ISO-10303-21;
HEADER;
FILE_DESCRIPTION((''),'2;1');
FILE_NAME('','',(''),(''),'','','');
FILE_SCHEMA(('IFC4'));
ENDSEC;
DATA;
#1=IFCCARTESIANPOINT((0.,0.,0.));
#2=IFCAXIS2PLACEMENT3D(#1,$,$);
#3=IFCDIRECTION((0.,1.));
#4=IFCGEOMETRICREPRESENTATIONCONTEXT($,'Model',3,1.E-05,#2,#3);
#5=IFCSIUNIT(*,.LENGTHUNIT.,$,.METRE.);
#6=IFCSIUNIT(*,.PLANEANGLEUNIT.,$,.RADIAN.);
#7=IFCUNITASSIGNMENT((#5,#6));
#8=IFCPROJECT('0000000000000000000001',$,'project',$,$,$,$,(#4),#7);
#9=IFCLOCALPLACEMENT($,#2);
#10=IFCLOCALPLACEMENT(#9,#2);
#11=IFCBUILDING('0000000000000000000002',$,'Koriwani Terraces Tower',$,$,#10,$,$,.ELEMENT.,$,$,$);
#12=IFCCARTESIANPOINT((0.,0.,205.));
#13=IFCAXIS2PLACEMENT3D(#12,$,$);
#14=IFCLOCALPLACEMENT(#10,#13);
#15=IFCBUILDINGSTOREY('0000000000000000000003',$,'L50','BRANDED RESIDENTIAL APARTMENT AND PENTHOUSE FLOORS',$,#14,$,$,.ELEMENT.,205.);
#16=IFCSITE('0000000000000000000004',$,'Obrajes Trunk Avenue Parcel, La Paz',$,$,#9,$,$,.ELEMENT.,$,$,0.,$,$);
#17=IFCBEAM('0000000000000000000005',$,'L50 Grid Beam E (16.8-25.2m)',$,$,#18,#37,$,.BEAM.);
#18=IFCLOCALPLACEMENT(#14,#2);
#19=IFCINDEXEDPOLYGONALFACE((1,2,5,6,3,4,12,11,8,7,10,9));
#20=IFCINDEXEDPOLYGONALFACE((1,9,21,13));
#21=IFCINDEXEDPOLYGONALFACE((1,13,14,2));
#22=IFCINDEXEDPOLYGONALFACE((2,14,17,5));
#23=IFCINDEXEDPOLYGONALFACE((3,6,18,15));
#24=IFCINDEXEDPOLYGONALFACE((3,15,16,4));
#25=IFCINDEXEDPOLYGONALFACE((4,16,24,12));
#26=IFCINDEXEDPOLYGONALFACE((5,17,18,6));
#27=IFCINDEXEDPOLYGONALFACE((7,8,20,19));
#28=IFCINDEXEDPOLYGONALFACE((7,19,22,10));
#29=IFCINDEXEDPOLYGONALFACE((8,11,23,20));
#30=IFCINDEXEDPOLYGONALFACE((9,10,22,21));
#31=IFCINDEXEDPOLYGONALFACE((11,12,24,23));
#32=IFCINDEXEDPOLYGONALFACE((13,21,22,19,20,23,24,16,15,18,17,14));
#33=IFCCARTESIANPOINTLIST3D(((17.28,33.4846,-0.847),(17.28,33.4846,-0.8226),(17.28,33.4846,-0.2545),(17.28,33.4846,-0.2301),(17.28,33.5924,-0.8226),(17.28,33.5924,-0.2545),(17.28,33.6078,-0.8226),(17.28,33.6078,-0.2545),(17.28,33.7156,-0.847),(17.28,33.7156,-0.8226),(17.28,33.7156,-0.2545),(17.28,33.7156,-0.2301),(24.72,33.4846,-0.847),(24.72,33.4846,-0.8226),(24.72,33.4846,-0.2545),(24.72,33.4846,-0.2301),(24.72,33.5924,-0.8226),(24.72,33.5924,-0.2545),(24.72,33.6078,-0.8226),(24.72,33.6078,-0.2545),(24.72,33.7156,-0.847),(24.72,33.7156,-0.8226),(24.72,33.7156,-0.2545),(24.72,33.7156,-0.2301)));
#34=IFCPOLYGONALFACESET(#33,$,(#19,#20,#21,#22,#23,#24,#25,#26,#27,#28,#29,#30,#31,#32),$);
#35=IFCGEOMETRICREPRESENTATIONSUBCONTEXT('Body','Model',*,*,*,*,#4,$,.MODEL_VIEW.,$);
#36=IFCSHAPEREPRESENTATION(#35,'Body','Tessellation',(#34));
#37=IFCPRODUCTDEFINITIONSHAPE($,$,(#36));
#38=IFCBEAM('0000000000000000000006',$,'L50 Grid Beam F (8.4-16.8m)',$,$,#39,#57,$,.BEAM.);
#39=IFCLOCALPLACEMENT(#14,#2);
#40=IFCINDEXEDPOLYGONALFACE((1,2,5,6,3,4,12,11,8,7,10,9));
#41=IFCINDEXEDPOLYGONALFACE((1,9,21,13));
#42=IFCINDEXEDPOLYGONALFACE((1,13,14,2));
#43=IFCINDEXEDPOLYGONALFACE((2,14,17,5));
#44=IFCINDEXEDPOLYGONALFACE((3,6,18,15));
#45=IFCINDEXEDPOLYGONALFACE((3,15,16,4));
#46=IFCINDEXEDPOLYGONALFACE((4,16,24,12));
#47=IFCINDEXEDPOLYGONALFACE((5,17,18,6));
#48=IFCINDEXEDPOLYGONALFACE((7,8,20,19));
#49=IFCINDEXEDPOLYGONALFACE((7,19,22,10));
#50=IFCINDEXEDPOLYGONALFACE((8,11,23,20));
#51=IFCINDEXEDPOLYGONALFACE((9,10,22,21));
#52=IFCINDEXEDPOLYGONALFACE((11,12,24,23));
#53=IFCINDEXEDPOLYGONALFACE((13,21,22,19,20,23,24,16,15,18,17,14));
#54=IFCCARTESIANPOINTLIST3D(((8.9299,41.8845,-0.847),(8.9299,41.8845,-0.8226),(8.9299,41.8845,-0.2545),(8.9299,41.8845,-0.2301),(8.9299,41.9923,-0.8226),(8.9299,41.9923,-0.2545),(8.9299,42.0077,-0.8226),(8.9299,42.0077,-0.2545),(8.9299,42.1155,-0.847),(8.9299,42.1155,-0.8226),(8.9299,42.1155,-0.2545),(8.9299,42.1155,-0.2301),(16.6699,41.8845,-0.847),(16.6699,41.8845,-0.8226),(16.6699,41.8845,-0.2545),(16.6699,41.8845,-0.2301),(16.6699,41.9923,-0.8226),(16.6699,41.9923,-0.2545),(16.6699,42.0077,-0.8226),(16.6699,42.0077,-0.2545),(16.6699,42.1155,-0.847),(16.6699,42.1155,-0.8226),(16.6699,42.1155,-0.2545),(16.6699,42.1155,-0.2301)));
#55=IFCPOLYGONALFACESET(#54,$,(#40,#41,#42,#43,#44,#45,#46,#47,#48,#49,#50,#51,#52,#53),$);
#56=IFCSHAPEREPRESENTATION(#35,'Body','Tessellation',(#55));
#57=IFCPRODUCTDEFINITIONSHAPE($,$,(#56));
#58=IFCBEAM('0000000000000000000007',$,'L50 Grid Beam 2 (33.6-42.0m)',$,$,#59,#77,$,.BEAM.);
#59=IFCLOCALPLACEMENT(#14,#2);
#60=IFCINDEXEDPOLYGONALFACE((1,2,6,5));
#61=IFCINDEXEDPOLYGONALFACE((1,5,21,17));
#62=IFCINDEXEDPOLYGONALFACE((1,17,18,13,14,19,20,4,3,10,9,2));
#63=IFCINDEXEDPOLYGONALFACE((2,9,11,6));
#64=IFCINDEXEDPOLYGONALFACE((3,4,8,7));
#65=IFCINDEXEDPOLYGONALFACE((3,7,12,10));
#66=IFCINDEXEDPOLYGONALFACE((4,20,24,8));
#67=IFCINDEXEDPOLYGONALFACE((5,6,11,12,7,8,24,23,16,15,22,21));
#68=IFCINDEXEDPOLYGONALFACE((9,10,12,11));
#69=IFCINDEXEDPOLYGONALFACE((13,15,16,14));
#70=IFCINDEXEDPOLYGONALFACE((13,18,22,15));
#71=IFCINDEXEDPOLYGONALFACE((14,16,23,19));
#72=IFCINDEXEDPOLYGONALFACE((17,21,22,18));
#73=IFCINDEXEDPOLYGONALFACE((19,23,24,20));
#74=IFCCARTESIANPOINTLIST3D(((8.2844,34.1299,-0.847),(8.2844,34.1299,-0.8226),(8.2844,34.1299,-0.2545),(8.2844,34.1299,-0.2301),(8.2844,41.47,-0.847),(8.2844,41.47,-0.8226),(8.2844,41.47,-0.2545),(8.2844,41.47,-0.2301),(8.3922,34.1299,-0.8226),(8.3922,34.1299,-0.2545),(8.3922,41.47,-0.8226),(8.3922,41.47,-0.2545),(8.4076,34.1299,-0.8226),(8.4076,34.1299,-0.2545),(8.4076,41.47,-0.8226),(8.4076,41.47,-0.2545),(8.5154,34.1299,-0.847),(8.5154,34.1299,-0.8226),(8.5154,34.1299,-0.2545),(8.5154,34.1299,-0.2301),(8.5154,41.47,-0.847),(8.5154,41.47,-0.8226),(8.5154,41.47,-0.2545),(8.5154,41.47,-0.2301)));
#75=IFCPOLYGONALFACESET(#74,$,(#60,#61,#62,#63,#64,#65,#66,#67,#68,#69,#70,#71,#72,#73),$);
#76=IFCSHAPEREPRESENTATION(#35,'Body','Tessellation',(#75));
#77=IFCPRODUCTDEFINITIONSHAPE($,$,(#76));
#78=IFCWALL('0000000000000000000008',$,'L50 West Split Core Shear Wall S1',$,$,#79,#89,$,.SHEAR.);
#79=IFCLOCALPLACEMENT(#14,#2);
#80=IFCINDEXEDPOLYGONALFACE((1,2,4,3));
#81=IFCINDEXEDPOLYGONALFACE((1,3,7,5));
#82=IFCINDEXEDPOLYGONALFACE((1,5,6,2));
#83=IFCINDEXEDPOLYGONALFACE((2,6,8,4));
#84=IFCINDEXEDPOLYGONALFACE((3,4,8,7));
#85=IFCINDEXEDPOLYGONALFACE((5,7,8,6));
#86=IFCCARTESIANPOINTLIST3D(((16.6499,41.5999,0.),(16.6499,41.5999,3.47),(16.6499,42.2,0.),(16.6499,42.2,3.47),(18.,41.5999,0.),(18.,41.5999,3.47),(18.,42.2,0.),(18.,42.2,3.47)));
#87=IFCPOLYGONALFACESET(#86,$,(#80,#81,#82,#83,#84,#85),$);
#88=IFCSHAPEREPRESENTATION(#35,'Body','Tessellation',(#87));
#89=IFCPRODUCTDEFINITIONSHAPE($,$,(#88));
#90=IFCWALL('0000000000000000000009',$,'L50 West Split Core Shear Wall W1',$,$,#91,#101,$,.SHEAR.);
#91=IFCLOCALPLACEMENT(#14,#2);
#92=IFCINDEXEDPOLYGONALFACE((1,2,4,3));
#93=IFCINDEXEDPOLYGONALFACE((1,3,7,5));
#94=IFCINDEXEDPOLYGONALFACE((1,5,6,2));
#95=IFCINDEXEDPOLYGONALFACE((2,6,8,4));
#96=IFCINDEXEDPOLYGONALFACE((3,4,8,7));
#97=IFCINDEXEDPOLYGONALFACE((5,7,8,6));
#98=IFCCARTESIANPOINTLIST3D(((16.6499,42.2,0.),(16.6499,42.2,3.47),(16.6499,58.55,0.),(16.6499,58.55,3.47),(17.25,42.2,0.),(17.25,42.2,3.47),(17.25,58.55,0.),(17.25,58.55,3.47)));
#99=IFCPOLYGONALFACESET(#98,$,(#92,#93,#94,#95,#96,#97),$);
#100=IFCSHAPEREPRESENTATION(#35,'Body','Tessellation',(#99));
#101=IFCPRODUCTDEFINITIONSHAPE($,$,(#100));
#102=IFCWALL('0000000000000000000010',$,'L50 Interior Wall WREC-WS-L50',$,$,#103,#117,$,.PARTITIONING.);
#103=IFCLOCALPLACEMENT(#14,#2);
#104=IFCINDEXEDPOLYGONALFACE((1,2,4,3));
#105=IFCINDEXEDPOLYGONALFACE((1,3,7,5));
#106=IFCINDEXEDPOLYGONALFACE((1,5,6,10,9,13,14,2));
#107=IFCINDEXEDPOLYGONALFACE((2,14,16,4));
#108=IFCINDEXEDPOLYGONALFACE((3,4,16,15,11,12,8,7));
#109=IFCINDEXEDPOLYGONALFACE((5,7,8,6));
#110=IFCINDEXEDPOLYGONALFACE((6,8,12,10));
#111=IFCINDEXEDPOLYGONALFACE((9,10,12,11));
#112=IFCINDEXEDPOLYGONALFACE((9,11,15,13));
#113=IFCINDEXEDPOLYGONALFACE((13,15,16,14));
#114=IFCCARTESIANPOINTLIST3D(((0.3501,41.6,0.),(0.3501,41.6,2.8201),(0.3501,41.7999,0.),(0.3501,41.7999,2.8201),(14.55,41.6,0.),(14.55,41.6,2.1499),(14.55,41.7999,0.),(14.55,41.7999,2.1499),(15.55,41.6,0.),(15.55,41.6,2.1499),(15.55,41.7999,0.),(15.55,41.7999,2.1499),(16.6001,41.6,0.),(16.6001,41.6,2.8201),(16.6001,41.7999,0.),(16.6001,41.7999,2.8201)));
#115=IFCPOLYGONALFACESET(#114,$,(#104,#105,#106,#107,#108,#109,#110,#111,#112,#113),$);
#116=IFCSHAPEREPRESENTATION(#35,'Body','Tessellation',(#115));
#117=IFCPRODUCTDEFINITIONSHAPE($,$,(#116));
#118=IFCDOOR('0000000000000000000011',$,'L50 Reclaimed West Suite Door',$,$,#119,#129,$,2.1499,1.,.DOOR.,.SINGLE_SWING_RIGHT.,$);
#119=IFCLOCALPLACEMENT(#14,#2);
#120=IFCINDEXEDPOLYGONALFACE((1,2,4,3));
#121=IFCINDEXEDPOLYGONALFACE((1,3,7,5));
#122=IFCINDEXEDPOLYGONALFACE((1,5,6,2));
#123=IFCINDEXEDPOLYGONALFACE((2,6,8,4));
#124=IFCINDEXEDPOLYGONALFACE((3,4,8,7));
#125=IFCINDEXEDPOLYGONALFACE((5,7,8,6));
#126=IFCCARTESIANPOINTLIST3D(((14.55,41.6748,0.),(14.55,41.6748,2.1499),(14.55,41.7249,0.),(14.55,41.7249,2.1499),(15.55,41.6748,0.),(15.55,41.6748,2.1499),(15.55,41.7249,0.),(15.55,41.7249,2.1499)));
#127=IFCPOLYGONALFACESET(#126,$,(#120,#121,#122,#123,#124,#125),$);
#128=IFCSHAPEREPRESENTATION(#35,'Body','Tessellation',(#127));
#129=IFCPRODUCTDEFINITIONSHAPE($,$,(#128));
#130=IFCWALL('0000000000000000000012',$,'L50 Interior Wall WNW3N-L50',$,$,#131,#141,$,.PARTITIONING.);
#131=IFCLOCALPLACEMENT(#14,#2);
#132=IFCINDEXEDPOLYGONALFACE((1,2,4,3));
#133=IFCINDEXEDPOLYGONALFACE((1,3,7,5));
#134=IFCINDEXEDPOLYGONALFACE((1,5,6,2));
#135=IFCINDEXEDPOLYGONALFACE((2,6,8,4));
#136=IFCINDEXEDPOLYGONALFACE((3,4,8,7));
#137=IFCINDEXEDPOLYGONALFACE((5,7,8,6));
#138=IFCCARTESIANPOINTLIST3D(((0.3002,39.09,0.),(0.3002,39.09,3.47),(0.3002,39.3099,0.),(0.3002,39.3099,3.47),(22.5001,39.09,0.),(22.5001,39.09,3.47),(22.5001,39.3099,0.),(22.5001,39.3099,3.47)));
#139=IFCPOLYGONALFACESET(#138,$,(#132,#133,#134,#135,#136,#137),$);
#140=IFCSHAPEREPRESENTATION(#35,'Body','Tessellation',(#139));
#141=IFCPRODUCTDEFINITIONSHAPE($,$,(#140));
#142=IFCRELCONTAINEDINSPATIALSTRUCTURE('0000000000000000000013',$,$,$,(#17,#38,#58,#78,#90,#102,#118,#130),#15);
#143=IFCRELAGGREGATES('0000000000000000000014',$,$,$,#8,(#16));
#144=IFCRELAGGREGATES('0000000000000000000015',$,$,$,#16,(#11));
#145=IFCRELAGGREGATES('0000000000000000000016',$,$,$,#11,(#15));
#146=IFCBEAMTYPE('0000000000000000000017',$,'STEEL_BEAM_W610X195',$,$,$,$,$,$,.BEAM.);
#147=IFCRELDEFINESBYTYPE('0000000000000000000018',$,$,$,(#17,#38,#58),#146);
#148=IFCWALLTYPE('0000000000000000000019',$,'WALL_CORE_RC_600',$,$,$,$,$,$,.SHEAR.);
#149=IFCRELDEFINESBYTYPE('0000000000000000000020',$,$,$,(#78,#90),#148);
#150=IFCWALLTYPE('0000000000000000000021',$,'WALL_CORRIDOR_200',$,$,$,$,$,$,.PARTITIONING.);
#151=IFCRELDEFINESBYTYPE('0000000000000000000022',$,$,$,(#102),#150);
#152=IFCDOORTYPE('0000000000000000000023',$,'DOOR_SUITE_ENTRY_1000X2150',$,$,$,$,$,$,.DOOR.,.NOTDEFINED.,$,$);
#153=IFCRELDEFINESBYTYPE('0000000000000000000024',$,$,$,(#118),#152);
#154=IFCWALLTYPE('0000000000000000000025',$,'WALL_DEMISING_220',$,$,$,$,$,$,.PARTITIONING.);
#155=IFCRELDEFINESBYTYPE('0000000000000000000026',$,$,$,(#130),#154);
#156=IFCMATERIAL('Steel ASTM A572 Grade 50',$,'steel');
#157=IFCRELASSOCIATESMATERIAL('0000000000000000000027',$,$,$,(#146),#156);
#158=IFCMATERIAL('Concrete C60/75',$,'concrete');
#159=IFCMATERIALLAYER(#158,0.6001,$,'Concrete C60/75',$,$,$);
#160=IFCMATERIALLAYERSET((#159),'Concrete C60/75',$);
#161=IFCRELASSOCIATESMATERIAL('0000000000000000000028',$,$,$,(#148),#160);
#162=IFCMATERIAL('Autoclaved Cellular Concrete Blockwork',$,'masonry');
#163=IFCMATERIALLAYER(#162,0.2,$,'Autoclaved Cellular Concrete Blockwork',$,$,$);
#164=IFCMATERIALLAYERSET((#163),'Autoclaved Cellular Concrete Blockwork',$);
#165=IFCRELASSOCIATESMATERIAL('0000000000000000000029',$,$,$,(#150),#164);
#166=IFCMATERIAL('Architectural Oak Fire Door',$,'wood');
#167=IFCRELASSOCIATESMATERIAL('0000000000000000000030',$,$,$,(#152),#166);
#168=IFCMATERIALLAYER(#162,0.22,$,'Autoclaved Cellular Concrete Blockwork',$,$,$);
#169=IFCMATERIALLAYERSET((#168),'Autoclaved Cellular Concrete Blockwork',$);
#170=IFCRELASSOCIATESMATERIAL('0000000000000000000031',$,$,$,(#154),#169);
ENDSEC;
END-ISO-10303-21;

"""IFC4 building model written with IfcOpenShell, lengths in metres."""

from ifc_helpers import new_model, si_unit, direction, frame, frame_2d, origin, origin_2d, place, context, subcontext, project, spatial, rectangle, i_section, extrude, material, layer, layer_set, material_profile, profile_set, type_object, element, fill, save


model = new_model("IFC4")

# Units and contexts
model_context = context("Model", 3, precision=1e-05, world=origin(), true_north=direction((0.0, 1.0)))
body_context = subcontext(model_context, "Body", "Model", "MODEL_VIEW")
ifc_project = project(units=[si_unit("LENGTHUNIT", "METRE"), si_unit("PLANEANGLEUNIT", "RADIAN")], contexts=[model_context])

# Site, building, storey
site_placement = place(None, origin())
site = spatial("IfcSite", under=ifc_project, at=site_placement, Name="Obrajes Trunk Avenue Parcel, La Paz", CompositionType="ELEMENT", RefElevation=0.0)
building_placement = place(site_placement, origin())
building = spatial("IfcBuilding", under=site, at=building_placement, Name="Koriwani Terraces Tower", CompositionType="ELEMENT")
storey_placement = place(building_placement, frame((0.0, 0.0, 205.0)))
storey = spatial("IfcBuildingStorey", under=building, at=storey_placement, Name="L50", Description="BRANDED RESIDENTIAL APARTMENT AND PENTHOUSE FLOORS", CompositionType="ELEMENT", Elevation=205.0)

# Beams
ifc_material_1 = material(Name="Concrete C60/75", Category="concrete")
ifc_material_2 = material(Name="Steel ASTM A572 Grade 50", Category="steel")
ifc_material_profile_1 = material_profile(ifc_material_2, i_section(OverallWidth=0.231, OverallDepth=0.6169, WebThickness=0.0154, FlangeThickness=0.0244, at=origin_2d()), Name="Steel ASTM A572 Grade 50", Category="LoadBearing")
ifc_profile_set_1 = profile_set([ifc_material_profile_1], Name="Steel ASTM A572 Grade 50")
beam_type_1 = type_object("IfcBeamType", Name="STEEL_BEAM_W610X195", PredefinedType="BEAM", material=ifc_profile_set_1)
beam_1_placement = place(storey_placement, frame((17.28, 33.6001, -0.5386), z_axis=(1.0, 0.0, 0.0), x_axis=(0.0, 1.0, 0.0)))
element("IfcBeam", 1, at=beam_1_placement, inside=storey, type_object=beam_type_1, Name="L50 Grid Beam E (16.8-25.2m)", PredefinedType="BEAM", context=body_context, shape_type="SweptSolid", body=[
    extrude(i_section(OverallWidth=0.231, OverallDepth=0.6169, WebThickness=0.0154, FlangeThickness=0.0244, at=origin_2d()), origin(), (0.0, 0.0, 1.0), 7.4399),
])
beam_2_placement = place(storey_placement, frame((8.9299, 42.0, -0.5386), z_axis=(1.0, 0.0, 0.0), x_axis=(0.0, 1.0, 0.0)))
element("IfcBeam", 2, at=beam_2_placement, inside=storey, type_object=beam_type_1, Name="L50 Grid Beam F (8.4-16.8m)", PredefinedType="BEAM", context=body_context, shape_type="SweptSolid", body=[
    extrude(i_section(OverallWidth=0.231, OverallDepth=0.6169, WebThickness=0.0154, FlangeThickness=0.0244, at=origin_2d()), origin(), (0.0, 0.0, 1.0), 7.74),
])
beam_3_placement = place(storey_placement, frame((8.3999, 34.1299, -0.5386), z_axis=(0.0, 1.0, 0.0), x_axis=(-1.0, 0.0, 0.0)))
element("IfcBeam", 3, at=beam_3_placement, inside=storey, type_object=beam_type_1, Name="L50 Grid Beam 2 (33.6-42.0m)", PredefinedType="BEAM", context=body_context, shape_type="SweptSolid", body=[
    extrude(i_section(OverallWidth=0.231, OverallDepth=0.6169, WebThickness=0.0154, FlangeThickness=0.0244, at=origin_2d()), origin(), (0.0, 0.0, 1.0), 7.3401),
])

# Walls
ifc_layer_1 = layer(ifc_material_1, 0.6001, Name="Concrete C60/75")
ifc_layer_set_1 = layer_set([ifc_layer_1], Name="Concrete C60/75")
wall_type_1 = type_object("IfcWallType", Name="WALL_CORE_RC_600", PredefinedType="SHEAR", material=ifc_layer_set_1)
wall_1_placement = place(storey_placement, frame((16.6499, 41.8999, 0.0), z_axis=(0.0, 0.0, 1.0), x_axis=(1.0, 0.0, 0.0)))
element("IfcWall", 4, at=wall_1_placement, inside=storey, type_object=wall_type_1, Name="L50 West Split Core Shear Wall S1", PredefinedType="SHEAR", context=body_context, shape_type="SweptSolid", body=[
    extrude(rectangle(XDim=1.3501, YDim=0.6001, at=frame_2d((0.675, 0.0))), origin(), (0.0, 0.0, 1.0), 3.47),
])
wall_2_placement = place(storey_placement, frame((16.95, 42.2, 0.0), z_axis=(0.0, 0.0, 1.0), x_axis=(0.0, 1.0, 0.0)))
element("IfcWall", 5, at=wall_2_placement, inside=storey, type_object=wall_type_1, Name="L50 West Split Core Shear Wall W1", PredefinedType="SHEAR", context=body_context, shape_type="SweptSolid", body=[
    extrude(rectangle(XDim=16.3501, YDim=0.6001, at=frame_2d((8.175, 0.0))), origin(), (0.0, 0.0, 1.0), 3.47),
])

# Wall, opening, door
ifc_material_3 = material(Name="Autoclaved Cellular Concrete Blockwork", Category="masonry")
ifc_layer_2 = layer(ifc_material_3, 0.2, Name="Autoclaved Cellular Concrete Blockwork")
ifc_layer_set_2 = layer_set([ifc_layer_2], Name="Autoclaved Cellular Concrete Blockwork")
wall_type_2 = type_object("IfcWallType", Name="WALL_CORRIDOR_200", PredefinedType="PARTITIONING", material=ifc_layer_set_2)
wall_3_placement = place(storey_placement, frame((0.3501, 41.7, 0.0), z_axis=(0.0, 0.0, 1.0), x_axis=(1.0, 0.0, 0.0)))
wall_3 = element("IfcWall", 6, at=wall_3_placement, inside=storey, type_object=wall_type_2, Name="L50 Interior Wall WREC-WS-L50", PredefinedType="PARTITIONING", context=body_context, shape_type="SweptSolid", body=[
    extrude(rectangle(XDim=16.25, YDim=0.2, at=frame_2d((8.125, 0.0))), origin(), (0.0, 0.0, 1.0), 2.8201),
])
opening_1_placement = place(wall_3_placement, frame((14.2, 0.0, 0.0)))
opening_1 = element("IfcOpeningElement", 7, at=opening_1_placement, cuts=wall_3, PredefinedType="OPENING", context=body_context, shape_type="SweptSolid", body=[
    extrude(rectangle(XDim=1.0, YDim=2.1499, at=frame_2d((0.5, 1.075))), frame((0.0, 0.1099, 0.0), z_axis=(0.0, -1.0, 0.0), x_axis=(1.0, 0.0, 0.0)), (0.0, 0.0, 1.0), 0.22),
])
ifc_material_4 = material(Name="Architectural Oak Fire Door", Category="wood")
door_type_1 = type_object("IfcDoorType", Name="DOOR_SUITE_ENTRY_1000X2150", OperationType="NOTDEFINED", PredefinedType="DOOR", material=ifc_material_4)
door_1_placement = place(opening_1_placement, origin())
door_1 = element("IfcDoor", 8, at=door_1_placement, inside=storey, type_object=door_type_1, Name="L50 Reclaimed West Suite Door", OperationType="SINGLE_SWING_RIGHT", OverallHeight=2.1499, OverallWidth=1.0, PredefinedType="DOOR", context=body_context, shape_type="SweptSolid", body=[
    extrude(rectangle(XDim=1.0, YDim=2.1499, at=frame_2d((0.5, 1.075))), frame((0.0, 0.0249, 0.0), z_axis=(0.0, -1.0, 0.0), x_axis=(1.0, 0.0, 0.0)), (0.0, 0.0, 1.0), 0.05),
])
fill(opening_1, door_1)

# Wall
ifc_layer_3 = layer(ifc_material_3, 0.22, Name="Autoclaved Cellular Concrete Blockwork")
ifc_layer_set_3 = layer_set([ifc_layer_3], Name="Autoclaved Cellular Concrete Blockwork")
wall_type_3 = type_object("IfcWallType", Name="WALL_DEMISING_220", PredefinedType="PARTITIONING", material=ifc_layer_set_3)
wall_4_placement = place(storey_placement, frame((0.3, 39.2, 0.0), z_axis=(0.0, 0.0, 1.0), x_axis=(1.0, 0.0, 0.0)))
element("IfcWall", 9, at=wall_4_placement, inside=storey, type_object=wall_type_3, Name="L50 Interior Wall WNW3N-L50", PredefinedType="PARTITIONING", context=body_context, shape_type="SweptSolid", body=[
    extrude(rectangle(XDim=22.2, YDim=0.22, at=frame_2d((11.1001, 0.0))), origin(), (0.0, 0.0, 1.0), 3.47),
])

save(model, "model.ifc")
